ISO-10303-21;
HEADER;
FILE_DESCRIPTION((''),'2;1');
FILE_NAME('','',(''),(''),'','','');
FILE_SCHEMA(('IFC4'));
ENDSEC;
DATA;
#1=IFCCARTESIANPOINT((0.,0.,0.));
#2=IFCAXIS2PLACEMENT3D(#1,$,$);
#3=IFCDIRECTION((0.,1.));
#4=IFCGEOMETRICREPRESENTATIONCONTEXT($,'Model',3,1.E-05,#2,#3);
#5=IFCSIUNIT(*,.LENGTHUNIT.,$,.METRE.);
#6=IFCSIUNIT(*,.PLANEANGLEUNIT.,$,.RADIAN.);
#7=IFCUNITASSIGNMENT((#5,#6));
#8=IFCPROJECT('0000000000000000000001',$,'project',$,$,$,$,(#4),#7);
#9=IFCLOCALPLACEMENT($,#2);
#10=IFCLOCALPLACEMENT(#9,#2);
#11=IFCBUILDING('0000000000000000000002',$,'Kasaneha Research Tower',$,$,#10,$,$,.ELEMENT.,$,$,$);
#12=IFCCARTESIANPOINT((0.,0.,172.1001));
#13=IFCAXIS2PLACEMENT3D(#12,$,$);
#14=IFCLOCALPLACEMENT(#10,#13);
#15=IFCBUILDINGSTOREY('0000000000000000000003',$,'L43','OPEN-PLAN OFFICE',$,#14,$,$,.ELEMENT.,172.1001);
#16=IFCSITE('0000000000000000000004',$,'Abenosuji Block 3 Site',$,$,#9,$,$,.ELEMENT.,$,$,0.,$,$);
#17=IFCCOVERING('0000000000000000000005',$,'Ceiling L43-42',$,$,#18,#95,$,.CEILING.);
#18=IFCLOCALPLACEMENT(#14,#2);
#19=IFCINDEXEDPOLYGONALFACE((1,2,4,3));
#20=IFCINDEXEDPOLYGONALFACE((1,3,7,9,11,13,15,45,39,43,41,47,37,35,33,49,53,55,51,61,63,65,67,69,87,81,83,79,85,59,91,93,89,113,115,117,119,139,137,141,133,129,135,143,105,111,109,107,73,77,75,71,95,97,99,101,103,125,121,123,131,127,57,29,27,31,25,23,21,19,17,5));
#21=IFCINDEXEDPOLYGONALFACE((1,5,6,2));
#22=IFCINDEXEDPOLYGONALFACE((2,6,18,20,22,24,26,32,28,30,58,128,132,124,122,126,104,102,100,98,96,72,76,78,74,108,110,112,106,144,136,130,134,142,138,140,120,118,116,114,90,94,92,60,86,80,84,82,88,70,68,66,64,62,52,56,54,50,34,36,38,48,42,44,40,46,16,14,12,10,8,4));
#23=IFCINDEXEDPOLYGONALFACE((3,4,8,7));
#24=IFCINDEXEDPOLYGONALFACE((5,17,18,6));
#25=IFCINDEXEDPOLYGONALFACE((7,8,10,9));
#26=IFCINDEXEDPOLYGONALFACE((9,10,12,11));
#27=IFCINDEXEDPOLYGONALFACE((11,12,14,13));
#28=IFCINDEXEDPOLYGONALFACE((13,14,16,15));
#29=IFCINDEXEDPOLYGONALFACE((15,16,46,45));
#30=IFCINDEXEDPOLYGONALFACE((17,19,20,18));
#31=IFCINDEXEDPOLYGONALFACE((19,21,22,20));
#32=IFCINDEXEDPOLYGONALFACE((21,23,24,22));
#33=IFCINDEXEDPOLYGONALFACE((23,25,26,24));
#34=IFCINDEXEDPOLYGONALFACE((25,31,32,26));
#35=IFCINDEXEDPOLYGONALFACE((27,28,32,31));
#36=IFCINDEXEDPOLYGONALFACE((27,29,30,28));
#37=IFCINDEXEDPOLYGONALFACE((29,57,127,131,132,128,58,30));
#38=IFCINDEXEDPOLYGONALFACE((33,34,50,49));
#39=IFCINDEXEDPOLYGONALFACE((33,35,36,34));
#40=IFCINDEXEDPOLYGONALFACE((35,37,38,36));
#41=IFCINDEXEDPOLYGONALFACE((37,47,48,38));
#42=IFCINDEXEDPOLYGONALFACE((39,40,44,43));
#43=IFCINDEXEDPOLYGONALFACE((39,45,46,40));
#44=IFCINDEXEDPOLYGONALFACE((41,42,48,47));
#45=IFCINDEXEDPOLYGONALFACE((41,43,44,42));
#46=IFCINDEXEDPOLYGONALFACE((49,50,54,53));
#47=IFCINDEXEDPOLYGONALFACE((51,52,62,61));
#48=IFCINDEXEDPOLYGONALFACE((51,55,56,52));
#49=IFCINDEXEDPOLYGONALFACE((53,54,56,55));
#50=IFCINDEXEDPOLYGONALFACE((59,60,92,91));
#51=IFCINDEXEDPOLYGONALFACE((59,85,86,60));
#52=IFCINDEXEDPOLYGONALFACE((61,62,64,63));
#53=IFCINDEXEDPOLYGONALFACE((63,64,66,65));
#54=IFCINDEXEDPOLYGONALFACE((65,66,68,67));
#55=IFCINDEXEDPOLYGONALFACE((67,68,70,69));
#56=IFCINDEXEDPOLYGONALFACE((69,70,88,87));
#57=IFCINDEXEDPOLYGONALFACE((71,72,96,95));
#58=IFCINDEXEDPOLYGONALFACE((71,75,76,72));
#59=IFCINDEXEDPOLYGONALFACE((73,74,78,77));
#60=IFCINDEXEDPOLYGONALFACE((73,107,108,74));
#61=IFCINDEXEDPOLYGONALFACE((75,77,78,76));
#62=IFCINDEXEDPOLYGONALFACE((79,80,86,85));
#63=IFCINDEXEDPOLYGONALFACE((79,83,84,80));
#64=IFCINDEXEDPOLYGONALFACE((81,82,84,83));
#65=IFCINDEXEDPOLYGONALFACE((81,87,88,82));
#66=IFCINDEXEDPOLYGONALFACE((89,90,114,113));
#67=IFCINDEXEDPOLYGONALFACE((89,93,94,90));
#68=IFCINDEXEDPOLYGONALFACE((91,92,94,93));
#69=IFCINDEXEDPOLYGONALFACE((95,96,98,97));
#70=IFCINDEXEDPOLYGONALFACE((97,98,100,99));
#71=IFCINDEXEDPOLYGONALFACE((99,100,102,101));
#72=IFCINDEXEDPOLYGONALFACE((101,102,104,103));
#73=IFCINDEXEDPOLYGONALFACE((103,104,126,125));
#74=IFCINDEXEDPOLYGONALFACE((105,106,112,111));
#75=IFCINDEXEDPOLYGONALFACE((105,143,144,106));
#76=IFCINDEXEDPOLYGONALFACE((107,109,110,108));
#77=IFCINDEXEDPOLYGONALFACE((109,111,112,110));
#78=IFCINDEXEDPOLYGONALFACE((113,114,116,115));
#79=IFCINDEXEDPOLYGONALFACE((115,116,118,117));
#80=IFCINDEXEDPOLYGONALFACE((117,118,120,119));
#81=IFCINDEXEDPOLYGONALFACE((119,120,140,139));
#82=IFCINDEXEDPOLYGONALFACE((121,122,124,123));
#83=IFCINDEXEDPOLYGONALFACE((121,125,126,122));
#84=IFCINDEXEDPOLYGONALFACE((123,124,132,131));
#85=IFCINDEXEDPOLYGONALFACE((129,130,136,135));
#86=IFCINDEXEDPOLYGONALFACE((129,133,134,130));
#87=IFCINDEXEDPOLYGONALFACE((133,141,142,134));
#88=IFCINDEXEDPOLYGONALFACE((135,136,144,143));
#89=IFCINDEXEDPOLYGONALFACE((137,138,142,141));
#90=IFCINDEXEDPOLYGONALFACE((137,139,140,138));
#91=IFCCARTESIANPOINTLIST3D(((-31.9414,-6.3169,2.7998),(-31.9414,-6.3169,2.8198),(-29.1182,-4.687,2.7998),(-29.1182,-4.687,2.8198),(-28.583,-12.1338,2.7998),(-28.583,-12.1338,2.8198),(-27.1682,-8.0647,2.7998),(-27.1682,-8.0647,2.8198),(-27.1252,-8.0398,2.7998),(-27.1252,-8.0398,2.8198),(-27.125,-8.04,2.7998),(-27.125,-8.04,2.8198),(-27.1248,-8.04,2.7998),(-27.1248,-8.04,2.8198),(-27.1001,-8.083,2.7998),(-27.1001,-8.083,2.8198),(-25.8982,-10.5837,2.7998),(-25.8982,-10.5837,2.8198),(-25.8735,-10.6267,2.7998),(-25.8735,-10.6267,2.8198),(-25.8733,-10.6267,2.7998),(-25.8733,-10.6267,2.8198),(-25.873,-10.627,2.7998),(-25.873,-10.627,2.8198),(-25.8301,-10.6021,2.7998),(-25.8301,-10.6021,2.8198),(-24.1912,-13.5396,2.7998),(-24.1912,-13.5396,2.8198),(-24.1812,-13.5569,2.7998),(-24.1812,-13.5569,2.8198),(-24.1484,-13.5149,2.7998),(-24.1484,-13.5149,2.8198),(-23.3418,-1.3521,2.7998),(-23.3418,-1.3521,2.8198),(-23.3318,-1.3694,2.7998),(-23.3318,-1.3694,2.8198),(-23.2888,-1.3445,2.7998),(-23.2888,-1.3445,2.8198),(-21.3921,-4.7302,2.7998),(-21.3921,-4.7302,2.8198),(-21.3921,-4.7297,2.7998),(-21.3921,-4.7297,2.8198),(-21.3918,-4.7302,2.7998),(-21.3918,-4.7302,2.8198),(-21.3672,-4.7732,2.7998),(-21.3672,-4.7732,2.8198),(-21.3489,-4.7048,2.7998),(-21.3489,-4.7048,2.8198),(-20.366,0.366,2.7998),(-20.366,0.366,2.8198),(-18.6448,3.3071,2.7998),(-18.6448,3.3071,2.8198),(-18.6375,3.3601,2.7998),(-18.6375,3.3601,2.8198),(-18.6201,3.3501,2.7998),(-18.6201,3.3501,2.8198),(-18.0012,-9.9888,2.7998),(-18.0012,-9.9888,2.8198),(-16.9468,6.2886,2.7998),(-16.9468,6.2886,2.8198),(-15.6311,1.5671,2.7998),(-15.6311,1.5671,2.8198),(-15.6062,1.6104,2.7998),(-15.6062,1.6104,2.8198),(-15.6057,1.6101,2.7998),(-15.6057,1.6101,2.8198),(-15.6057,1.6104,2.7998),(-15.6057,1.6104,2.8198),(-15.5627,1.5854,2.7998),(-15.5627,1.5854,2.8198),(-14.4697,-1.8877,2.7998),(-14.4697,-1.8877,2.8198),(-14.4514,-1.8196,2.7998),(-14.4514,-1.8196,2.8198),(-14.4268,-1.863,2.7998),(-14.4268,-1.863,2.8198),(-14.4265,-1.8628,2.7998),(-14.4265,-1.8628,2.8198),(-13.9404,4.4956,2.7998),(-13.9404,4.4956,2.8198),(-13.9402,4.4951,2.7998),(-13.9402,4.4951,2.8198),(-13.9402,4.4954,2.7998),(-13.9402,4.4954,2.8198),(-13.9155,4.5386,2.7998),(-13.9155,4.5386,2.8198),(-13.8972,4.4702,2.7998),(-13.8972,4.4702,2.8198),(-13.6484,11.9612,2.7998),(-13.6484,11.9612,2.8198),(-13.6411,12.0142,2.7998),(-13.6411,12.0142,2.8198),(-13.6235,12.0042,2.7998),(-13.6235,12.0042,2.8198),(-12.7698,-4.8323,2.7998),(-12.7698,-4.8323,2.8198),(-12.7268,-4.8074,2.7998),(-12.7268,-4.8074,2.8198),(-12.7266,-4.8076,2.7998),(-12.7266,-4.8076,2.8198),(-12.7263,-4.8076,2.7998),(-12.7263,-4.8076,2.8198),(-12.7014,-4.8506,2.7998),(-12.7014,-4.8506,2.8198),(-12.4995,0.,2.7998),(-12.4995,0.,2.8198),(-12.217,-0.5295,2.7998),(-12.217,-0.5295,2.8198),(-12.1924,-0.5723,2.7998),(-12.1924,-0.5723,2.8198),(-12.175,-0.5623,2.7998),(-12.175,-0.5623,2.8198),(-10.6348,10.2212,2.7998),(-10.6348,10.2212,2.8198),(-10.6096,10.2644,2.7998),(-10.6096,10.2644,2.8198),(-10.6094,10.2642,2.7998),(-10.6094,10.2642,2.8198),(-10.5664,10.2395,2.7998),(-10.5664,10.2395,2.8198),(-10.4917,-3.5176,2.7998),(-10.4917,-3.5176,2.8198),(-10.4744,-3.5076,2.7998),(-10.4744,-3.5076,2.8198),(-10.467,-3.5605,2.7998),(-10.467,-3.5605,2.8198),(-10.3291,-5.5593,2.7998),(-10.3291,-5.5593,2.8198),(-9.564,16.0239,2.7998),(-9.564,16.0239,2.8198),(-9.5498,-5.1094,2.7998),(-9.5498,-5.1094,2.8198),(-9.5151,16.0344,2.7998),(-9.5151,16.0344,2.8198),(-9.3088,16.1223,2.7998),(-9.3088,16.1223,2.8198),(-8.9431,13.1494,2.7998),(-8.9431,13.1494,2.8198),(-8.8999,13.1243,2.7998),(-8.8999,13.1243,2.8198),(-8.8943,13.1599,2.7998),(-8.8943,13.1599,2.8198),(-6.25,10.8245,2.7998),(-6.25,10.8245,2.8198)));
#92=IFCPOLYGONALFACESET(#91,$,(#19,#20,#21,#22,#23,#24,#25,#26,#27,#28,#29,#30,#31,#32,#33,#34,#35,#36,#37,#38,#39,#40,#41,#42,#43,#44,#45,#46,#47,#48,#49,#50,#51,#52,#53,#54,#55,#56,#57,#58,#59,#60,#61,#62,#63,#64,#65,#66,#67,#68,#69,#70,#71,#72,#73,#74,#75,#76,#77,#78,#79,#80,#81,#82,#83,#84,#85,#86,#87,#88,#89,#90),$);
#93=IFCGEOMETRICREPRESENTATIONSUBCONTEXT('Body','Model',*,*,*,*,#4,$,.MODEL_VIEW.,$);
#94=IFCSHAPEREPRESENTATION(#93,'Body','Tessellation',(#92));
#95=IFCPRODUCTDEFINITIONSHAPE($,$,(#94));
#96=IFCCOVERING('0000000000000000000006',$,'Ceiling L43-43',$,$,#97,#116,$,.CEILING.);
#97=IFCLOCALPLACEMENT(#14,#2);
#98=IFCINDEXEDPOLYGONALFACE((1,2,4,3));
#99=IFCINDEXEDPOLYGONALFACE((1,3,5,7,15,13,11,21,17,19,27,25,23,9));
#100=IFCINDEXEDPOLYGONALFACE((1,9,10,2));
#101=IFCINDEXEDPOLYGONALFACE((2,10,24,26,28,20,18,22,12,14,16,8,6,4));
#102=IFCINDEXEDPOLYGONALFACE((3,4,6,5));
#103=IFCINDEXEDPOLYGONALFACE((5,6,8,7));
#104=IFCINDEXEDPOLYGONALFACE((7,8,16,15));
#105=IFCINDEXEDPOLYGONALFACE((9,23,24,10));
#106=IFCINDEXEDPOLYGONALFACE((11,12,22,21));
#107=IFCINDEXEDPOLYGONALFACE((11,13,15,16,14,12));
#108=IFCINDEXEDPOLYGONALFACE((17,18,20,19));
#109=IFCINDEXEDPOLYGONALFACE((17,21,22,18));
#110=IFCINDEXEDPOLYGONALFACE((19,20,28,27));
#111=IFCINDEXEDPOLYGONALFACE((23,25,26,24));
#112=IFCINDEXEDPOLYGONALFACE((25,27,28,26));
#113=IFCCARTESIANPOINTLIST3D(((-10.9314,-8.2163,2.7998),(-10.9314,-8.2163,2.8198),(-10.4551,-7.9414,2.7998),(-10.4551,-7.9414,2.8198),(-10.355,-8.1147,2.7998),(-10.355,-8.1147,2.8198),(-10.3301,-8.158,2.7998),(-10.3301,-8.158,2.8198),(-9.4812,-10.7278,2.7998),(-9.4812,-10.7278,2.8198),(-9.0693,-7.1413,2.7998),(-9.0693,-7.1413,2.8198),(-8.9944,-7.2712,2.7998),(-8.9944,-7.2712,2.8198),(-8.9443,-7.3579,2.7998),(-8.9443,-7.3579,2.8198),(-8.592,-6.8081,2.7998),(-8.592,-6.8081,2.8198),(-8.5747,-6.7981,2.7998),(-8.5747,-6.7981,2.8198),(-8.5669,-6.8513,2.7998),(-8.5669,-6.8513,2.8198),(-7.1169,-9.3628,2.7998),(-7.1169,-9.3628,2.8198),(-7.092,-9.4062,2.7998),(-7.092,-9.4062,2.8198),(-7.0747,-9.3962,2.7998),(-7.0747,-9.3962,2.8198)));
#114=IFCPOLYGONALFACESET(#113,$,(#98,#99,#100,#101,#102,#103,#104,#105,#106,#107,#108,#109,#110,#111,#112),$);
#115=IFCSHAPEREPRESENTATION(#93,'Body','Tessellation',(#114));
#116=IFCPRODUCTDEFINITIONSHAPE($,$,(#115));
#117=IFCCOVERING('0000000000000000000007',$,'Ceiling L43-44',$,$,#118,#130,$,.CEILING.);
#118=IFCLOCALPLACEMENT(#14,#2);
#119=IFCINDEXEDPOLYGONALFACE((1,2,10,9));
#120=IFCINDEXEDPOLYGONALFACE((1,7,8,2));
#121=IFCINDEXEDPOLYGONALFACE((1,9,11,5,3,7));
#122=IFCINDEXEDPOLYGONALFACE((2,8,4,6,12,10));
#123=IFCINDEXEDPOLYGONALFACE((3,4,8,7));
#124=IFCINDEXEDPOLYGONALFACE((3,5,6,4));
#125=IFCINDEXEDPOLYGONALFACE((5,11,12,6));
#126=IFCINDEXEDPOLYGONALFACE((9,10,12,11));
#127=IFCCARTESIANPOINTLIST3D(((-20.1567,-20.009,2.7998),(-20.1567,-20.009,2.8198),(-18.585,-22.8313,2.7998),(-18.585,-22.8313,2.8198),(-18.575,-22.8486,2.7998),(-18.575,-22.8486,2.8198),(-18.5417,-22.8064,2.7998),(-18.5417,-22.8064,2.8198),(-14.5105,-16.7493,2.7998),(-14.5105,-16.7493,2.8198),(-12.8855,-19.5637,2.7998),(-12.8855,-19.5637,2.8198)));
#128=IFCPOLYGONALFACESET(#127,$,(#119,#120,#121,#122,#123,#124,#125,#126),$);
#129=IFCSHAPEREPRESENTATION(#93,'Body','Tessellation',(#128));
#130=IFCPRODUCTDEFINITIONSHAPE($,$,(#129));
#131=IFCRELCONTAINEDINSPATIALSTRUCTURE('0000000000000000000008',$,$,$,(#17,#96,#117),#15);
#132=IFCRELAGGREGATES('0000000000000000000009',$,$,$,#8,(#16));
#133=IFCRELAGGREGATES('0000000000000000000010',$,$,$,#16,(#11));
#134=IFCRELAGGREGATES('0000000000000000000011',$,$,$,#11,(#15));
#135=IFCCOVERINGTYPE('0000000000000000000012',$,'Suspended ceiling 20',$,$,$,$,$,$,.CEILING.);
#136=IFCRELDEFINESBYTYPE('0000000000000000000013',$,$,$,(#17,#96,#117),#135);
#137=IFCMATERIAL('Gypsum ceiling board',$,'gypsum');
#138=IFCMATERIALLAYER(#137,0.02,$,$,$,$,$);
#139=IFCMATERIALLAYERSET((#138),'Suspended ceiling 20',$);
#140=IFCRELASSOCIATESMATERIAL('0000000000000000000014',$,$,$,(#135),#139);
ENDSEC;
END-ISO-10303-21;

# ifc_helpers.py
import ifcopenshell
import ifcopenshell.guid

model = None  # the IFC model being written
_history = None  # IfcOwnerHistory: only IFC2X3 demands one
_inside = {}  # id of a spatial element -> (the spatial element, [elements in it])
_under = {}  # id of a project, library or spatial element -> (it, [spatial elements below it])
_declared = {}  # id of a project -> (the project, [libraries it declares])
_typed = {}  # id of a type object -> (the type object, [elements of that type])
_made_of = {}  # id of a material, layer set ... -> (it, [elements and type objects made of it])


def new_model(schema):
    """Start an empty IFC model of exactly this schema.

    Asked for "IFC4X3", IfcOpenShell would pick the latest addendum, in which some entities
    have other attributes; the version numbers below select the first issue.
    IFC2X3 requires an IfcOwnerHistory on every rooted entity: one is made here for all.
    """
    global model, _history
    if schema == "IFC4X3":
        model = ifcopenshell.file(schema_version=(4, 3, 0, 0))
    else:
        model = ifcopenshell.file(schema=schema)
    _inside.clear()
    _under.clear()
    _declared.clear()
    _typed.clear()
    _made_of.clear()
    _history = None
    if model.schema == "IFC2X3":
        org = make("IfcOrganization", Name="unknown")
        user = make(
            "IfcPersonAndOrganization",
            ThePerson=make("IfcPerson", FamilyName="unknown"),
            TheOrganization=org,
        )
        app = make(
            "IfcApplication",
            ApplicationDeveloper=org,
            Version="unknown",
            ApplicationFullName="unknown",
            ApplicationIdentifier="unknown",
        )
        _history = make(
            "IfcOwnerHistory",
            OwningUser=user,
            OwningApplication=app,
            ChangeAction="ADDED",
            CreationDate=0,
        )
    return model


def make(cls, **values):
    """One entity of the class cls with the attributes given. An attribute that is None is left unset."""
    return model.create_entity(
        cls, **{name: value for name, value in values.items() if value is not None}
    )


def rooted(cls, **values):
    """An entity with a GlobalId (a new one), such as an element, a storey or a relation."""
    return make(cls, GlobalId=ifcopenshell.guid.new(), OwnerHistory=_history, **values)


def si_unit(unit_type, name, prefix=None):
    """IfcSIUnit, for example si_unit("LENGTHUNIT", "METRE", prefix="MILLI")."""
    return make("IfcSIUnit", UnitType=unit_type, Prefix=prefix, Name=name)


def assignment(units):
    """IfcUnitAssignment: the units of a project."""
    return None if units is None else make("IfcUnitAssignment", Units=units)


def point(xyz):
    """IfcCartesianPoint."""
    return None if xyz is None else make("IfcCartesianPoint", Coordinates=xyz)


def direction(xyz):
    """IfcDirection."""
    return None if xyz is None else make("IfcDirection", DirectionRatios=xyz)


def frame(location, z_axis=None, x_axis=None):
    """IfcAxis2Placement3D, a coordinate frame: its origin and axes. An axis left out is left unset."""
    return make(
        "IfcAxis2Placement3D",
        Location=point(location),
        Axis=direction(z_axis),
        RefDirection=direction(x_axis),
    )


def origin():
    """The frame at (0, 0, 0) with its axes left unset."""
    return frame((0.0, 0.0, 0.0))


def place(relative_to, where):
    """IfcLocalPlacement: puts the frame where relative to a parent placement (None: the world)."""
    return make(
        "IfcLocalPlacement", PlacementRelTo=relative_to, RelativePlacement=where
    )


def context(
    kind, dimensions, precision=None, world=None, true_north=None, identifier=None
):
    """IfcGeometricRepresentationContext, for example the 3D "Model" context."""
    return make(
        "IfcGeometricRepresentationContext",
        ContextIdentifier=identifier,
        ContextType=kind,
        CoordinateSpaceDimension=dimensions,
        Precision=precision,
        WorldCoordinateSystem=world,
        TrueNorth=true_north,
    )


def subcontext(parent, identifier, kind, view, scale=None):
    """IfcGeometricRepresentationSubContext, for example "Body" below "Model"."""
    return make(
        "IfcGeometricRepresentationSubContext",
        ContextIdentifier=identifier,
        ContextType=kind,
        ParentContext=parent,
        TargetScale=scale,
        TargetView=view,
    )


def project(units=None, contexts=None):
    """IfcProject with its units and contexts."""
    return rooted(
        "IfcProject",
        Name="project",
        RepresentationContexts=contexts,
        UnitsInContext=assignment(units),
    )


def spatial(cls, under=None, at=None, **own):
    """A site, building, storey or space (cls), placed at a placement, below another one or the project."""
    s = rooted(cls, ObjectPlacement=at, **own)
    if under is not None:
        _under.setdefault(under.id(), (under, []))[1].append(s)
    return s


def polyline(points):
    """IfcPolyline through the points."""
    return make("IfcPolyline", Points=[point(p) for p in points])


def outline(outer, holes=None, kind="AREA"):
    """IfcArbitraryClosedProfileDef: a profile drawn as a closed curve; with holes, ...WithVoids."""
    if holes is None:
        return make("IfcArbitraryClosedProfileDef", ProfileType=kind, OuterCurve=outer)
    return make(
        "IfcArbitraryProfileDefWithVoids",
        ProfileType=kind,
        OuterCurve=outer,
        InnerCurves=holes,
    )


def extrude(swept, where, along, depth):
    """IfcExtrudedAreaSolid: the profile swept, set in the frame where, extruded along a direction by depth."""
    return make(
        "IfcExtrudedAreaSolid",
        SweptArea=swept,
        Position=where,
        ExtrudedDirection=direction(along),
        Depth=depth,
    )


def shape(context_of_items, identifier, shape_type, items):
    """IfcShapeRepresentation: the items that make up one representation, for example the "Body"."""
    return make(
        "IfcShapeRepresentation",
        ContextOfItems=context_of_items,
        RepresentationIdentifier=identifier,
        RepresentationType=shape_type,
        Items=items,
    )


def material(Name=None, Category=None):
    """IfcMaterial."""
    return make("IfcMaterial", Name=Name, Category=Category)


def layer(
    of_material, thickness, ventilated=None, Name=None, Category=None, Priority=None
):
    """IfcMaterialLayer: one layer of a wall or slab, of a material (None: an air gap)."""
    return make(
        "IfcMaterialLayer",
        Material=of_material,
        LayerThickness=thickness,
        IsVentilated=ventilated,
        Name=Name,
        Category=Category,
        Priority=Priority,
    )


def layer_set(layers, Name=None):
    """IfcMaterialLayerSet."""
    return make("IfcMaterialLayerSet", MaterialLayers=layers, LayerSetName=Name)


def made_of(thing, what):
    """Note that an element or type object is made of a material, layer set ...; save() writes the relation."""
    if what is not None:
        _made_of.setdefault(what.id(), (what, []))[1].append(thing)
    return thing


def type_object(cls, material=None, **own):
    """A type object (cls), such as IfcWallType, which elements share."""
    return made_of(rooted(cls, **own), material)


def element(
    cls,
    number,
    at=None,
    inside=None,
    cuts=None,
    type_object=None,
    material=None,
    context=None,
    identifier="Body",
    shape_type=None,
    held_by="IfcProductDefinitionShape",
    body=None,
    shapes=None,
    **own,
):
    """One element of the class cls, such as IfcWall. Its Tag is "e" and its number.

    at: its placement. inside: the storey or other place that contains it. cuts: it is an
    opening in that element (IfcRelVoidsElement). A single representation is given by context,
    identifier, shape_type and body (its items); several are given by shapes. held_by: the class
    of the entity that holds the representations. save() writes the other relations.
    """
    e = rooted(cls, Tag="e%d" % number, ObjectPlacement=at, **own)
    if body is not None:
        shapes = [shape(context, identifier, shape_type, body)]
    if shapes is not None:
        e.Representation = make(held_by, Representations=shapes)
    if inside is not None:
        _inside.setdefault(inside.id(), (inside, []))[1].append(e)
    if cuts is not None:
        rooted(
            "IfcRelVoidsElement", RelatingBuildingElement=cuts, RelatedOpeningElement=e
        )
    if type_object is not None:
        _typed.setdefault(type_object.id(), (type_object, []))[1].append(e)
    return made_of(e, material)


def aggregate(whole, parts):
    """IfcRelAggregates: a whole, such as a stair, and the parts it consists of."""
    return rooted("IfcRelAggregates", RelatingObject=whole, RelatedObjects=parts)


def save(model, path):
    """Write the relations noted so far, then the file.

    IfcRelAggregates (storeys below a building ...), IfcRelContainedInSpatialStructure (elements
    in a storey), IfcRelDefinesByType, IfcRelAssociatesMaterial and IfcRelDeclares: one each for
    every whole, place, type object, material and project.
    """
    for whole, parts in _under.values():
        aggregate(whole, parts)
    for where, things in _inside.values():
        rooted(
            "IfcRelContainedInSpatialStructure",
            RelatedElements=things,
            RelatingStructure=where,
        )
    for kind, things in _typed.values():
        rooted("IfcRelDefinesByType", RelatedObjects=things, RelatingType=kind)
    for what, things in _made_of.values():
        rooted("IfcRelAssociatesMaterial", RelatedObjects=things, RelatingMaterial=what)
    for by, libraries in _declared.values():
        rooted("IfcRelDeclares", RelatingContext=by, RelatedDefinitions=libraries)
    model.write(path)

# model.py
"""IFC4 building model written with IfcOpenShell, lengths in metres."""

from ifc_helpers import new_model, si_unit, direction, frame, origin, place, context, subcontext, project, spatial, polyline, outline, extrude, material, layer, layer_set, type_object, element, save


model = new_model("IFC4")

# Units and contexts
model_context = context("Model", 3, precision=1e-05, world=origin(), true_north=direction((0.0, 1.0)))
body_context = subcontext(model_context, "Body", "Model", "MODEL_VIEW")
ifc_project = project(units=[si_unit("LENGTHUNIT", "METRE"), si_unit("PLANEANGLEUNIT", "RADIAN")], contexts=[model_context])

# Site, building, storey
site_placement = place(None, origin())
site = spatial("IfcSite", under=ifc_project, at=site_placement, Name="Abenosuji Block 3 Site", CompositionType="ELEMENT", RefElevation=0.0)
building_placement = place(site_placement, origin())
building = spatial("IfcBuilding", under=site, at=building_placement, Name="Kasaneha Research Tower", CompositionType="ELEMENT")
storey_placement = place(building_placement, frame((0.0, 0.0, 172.1001)))
storey = spatial("IfcBuildingStorey", under=building, at=storey_placement, Name="L43", Description="OPEN-PLAN OFFICE", CompositionType="ELEMENT", Elevation=172.1001)

# Coverings
ifc_material_1 = material(Name="Gypsum ceiling board", Category="gypsum")
ifc_layer_1 = layer(ifc_material_1, 0.02)
ifc_layer_set_1 = layer_set([ifc_layer_1], Name="Suspended ceiling 20")
covering_type_1 = type_object("IfcCoveringType", Name="Suspended ceiling 20", PredefinedType="CEILING", material=ifc_layer_set_1)
covering_1_placement = place(storey_placement, frame((0.0, 0.0, 2.7998)))
element("IfcCovering", 1, at=covering_1_placement, inside=storey, type_object=covering_type_1, Name="Ceiling L43-42", PredefinedType="CEILING", context=body_context, shape_type="SweptSolid", body=[
    extrude(outline(polyline([(-12.1924, -0.5723), (-12.217, -0.5295), (-14.4514, -1.8196), (-14.4265, -1.8628), (-14.4268, -1.863), (-14.4268, -1.863), (-14.4697, -1.8877), (-12.7698, -4.8323), (-12.7268, -4.8074), (-12.7266, -4.8076), (-12.7263, -4.8076), (-12.7014, -4.8506), (-10.467, -3.5605), (-10.4917, -3.5176), (-10.4744, -3.5076), (-9.5498, -5.1094), (-10.3291, -5.5593), (-10.3291, -5.5593), (-18.0012, -9.9888), (-24.1812, -13.5569), (-24.1912, -13.5396), (-24.1484, -13.5149), (-25.8301, -10.6021), (-25.873, -10.627), (-25.8733, -10.6267), (-25.8735, -10.6267), (-25.8982, -10.5837), (-28.583, -12.1338), (-31.9414, -6.3169), (-29.1182, -4.687), (-27.1682, -8.0647), (-27.1252, -8.0398), (-27.125, -8.04), (-27.1248, -8.04), (-27.1001, -8.083), (-21.3672, -4.7732), (-21.3921, -4.7302), (-21.3918, -4.7302), (-21.3921, -4.7297), (-21.3489, -4.7048), (-23.2888, -1.3445), (-23.3318, -1.3694), (-23.3418, -1.3521), (-20.366, 0.366), (-18.6375, 3.3601), (-18.6201, 3.3501), (-18.6448, 3.3071), (-15.6311, 1.5671), (-15.6062, 1.6104), (-15.6057, 1.6101), (-15.6057, 1.6104), (-15.5627, 1.5854), (-13.8972, 4.4702), (-13.9402, 4.4951), (-13.9402, 4.4954), (-13.9404, 4.4956), (-13.9155, 4.5386), (-16.9468, 6.2886), (-13.6411, 12.0142), (-13.6235, 12.0042), (-13.6484, 11.9612), (-10.6348, 10.2212), (-10.6096, 10.2644), (-10.6094, 10.2642), (-10.6094, 10.2642), (-10.5664, 10.2395), (-8.8999, 13.1243), (-8.9431, 13.1494), (-8.8943, 13.1599), (-9.5151, 16.0344), (-9.564, 16.0239), (-9.564, 16.0239), (-9.3088, 16.1223), (-6.25, 10.8245), (-12.4995, 0.0), (-12.175, -0.5623), (-12.1924, -0.5723)])), origin(), (0.0, 0.0, 1.0), 0.02),
])
covering_2_placement = place(storey_placement, frame((0.0, 0.0, 2.7998)))
element("IfcCovering", 2, at=covering_2_placement, inside=storey, type_object=covering_type_1, Name="Ceiling L43-43", PredefinedType="CEILING", context=body_context, shape_type="SweptSolid", body=[
    extrude(outline(polyline([(-10.355, -8.1147), (-10.355, -8.1147), (-10.3301, -8.158), (-8.9443, -7.3579), (-8.9944, -7.2712), (-8.9944, -7.2712), (-9.0942, -7.0981), (-9.0942, -7.0981), (-9.0693, -7.1414), (-8.5669, -6.8513), (-8.592, -6.8081), (-8.5747, -6.7981), (-7.0747, -9.3962), (-7.092, -9.4062), (-7.1169, -9.3628), (-9.4812, -10.7278), (-10.9314, -8.2163), (-10.4551, -7.9414), (-10.355, -8.1147)])), origin(), (0.0, 0.0, 1.0), 0.02),
])
covering_3_placement = place(storey_placement, frame((0.0, 0.0, 2.7998)))
element("IfcCovering", 3, at=covering_3_placement, inside=storey, type_object=covering_type_1, Name="Ceiling L43-44", PredefinedType="CEILING", context=body_context, shape_type="SweptSolid", body=[
    extrude(outline(polyline([(-18.575, -22.8486), (-18.585, -22.8313), (-18.5417, -22.8064), (-20.1567, -20.009), (-14.5105, -16.7493), (-12.8855, -19.5637), (-18.575, -22.8486)])), origin(), (0.0, 0.0, 1.0), 0.02),
])

save(model, "model.ifc")
